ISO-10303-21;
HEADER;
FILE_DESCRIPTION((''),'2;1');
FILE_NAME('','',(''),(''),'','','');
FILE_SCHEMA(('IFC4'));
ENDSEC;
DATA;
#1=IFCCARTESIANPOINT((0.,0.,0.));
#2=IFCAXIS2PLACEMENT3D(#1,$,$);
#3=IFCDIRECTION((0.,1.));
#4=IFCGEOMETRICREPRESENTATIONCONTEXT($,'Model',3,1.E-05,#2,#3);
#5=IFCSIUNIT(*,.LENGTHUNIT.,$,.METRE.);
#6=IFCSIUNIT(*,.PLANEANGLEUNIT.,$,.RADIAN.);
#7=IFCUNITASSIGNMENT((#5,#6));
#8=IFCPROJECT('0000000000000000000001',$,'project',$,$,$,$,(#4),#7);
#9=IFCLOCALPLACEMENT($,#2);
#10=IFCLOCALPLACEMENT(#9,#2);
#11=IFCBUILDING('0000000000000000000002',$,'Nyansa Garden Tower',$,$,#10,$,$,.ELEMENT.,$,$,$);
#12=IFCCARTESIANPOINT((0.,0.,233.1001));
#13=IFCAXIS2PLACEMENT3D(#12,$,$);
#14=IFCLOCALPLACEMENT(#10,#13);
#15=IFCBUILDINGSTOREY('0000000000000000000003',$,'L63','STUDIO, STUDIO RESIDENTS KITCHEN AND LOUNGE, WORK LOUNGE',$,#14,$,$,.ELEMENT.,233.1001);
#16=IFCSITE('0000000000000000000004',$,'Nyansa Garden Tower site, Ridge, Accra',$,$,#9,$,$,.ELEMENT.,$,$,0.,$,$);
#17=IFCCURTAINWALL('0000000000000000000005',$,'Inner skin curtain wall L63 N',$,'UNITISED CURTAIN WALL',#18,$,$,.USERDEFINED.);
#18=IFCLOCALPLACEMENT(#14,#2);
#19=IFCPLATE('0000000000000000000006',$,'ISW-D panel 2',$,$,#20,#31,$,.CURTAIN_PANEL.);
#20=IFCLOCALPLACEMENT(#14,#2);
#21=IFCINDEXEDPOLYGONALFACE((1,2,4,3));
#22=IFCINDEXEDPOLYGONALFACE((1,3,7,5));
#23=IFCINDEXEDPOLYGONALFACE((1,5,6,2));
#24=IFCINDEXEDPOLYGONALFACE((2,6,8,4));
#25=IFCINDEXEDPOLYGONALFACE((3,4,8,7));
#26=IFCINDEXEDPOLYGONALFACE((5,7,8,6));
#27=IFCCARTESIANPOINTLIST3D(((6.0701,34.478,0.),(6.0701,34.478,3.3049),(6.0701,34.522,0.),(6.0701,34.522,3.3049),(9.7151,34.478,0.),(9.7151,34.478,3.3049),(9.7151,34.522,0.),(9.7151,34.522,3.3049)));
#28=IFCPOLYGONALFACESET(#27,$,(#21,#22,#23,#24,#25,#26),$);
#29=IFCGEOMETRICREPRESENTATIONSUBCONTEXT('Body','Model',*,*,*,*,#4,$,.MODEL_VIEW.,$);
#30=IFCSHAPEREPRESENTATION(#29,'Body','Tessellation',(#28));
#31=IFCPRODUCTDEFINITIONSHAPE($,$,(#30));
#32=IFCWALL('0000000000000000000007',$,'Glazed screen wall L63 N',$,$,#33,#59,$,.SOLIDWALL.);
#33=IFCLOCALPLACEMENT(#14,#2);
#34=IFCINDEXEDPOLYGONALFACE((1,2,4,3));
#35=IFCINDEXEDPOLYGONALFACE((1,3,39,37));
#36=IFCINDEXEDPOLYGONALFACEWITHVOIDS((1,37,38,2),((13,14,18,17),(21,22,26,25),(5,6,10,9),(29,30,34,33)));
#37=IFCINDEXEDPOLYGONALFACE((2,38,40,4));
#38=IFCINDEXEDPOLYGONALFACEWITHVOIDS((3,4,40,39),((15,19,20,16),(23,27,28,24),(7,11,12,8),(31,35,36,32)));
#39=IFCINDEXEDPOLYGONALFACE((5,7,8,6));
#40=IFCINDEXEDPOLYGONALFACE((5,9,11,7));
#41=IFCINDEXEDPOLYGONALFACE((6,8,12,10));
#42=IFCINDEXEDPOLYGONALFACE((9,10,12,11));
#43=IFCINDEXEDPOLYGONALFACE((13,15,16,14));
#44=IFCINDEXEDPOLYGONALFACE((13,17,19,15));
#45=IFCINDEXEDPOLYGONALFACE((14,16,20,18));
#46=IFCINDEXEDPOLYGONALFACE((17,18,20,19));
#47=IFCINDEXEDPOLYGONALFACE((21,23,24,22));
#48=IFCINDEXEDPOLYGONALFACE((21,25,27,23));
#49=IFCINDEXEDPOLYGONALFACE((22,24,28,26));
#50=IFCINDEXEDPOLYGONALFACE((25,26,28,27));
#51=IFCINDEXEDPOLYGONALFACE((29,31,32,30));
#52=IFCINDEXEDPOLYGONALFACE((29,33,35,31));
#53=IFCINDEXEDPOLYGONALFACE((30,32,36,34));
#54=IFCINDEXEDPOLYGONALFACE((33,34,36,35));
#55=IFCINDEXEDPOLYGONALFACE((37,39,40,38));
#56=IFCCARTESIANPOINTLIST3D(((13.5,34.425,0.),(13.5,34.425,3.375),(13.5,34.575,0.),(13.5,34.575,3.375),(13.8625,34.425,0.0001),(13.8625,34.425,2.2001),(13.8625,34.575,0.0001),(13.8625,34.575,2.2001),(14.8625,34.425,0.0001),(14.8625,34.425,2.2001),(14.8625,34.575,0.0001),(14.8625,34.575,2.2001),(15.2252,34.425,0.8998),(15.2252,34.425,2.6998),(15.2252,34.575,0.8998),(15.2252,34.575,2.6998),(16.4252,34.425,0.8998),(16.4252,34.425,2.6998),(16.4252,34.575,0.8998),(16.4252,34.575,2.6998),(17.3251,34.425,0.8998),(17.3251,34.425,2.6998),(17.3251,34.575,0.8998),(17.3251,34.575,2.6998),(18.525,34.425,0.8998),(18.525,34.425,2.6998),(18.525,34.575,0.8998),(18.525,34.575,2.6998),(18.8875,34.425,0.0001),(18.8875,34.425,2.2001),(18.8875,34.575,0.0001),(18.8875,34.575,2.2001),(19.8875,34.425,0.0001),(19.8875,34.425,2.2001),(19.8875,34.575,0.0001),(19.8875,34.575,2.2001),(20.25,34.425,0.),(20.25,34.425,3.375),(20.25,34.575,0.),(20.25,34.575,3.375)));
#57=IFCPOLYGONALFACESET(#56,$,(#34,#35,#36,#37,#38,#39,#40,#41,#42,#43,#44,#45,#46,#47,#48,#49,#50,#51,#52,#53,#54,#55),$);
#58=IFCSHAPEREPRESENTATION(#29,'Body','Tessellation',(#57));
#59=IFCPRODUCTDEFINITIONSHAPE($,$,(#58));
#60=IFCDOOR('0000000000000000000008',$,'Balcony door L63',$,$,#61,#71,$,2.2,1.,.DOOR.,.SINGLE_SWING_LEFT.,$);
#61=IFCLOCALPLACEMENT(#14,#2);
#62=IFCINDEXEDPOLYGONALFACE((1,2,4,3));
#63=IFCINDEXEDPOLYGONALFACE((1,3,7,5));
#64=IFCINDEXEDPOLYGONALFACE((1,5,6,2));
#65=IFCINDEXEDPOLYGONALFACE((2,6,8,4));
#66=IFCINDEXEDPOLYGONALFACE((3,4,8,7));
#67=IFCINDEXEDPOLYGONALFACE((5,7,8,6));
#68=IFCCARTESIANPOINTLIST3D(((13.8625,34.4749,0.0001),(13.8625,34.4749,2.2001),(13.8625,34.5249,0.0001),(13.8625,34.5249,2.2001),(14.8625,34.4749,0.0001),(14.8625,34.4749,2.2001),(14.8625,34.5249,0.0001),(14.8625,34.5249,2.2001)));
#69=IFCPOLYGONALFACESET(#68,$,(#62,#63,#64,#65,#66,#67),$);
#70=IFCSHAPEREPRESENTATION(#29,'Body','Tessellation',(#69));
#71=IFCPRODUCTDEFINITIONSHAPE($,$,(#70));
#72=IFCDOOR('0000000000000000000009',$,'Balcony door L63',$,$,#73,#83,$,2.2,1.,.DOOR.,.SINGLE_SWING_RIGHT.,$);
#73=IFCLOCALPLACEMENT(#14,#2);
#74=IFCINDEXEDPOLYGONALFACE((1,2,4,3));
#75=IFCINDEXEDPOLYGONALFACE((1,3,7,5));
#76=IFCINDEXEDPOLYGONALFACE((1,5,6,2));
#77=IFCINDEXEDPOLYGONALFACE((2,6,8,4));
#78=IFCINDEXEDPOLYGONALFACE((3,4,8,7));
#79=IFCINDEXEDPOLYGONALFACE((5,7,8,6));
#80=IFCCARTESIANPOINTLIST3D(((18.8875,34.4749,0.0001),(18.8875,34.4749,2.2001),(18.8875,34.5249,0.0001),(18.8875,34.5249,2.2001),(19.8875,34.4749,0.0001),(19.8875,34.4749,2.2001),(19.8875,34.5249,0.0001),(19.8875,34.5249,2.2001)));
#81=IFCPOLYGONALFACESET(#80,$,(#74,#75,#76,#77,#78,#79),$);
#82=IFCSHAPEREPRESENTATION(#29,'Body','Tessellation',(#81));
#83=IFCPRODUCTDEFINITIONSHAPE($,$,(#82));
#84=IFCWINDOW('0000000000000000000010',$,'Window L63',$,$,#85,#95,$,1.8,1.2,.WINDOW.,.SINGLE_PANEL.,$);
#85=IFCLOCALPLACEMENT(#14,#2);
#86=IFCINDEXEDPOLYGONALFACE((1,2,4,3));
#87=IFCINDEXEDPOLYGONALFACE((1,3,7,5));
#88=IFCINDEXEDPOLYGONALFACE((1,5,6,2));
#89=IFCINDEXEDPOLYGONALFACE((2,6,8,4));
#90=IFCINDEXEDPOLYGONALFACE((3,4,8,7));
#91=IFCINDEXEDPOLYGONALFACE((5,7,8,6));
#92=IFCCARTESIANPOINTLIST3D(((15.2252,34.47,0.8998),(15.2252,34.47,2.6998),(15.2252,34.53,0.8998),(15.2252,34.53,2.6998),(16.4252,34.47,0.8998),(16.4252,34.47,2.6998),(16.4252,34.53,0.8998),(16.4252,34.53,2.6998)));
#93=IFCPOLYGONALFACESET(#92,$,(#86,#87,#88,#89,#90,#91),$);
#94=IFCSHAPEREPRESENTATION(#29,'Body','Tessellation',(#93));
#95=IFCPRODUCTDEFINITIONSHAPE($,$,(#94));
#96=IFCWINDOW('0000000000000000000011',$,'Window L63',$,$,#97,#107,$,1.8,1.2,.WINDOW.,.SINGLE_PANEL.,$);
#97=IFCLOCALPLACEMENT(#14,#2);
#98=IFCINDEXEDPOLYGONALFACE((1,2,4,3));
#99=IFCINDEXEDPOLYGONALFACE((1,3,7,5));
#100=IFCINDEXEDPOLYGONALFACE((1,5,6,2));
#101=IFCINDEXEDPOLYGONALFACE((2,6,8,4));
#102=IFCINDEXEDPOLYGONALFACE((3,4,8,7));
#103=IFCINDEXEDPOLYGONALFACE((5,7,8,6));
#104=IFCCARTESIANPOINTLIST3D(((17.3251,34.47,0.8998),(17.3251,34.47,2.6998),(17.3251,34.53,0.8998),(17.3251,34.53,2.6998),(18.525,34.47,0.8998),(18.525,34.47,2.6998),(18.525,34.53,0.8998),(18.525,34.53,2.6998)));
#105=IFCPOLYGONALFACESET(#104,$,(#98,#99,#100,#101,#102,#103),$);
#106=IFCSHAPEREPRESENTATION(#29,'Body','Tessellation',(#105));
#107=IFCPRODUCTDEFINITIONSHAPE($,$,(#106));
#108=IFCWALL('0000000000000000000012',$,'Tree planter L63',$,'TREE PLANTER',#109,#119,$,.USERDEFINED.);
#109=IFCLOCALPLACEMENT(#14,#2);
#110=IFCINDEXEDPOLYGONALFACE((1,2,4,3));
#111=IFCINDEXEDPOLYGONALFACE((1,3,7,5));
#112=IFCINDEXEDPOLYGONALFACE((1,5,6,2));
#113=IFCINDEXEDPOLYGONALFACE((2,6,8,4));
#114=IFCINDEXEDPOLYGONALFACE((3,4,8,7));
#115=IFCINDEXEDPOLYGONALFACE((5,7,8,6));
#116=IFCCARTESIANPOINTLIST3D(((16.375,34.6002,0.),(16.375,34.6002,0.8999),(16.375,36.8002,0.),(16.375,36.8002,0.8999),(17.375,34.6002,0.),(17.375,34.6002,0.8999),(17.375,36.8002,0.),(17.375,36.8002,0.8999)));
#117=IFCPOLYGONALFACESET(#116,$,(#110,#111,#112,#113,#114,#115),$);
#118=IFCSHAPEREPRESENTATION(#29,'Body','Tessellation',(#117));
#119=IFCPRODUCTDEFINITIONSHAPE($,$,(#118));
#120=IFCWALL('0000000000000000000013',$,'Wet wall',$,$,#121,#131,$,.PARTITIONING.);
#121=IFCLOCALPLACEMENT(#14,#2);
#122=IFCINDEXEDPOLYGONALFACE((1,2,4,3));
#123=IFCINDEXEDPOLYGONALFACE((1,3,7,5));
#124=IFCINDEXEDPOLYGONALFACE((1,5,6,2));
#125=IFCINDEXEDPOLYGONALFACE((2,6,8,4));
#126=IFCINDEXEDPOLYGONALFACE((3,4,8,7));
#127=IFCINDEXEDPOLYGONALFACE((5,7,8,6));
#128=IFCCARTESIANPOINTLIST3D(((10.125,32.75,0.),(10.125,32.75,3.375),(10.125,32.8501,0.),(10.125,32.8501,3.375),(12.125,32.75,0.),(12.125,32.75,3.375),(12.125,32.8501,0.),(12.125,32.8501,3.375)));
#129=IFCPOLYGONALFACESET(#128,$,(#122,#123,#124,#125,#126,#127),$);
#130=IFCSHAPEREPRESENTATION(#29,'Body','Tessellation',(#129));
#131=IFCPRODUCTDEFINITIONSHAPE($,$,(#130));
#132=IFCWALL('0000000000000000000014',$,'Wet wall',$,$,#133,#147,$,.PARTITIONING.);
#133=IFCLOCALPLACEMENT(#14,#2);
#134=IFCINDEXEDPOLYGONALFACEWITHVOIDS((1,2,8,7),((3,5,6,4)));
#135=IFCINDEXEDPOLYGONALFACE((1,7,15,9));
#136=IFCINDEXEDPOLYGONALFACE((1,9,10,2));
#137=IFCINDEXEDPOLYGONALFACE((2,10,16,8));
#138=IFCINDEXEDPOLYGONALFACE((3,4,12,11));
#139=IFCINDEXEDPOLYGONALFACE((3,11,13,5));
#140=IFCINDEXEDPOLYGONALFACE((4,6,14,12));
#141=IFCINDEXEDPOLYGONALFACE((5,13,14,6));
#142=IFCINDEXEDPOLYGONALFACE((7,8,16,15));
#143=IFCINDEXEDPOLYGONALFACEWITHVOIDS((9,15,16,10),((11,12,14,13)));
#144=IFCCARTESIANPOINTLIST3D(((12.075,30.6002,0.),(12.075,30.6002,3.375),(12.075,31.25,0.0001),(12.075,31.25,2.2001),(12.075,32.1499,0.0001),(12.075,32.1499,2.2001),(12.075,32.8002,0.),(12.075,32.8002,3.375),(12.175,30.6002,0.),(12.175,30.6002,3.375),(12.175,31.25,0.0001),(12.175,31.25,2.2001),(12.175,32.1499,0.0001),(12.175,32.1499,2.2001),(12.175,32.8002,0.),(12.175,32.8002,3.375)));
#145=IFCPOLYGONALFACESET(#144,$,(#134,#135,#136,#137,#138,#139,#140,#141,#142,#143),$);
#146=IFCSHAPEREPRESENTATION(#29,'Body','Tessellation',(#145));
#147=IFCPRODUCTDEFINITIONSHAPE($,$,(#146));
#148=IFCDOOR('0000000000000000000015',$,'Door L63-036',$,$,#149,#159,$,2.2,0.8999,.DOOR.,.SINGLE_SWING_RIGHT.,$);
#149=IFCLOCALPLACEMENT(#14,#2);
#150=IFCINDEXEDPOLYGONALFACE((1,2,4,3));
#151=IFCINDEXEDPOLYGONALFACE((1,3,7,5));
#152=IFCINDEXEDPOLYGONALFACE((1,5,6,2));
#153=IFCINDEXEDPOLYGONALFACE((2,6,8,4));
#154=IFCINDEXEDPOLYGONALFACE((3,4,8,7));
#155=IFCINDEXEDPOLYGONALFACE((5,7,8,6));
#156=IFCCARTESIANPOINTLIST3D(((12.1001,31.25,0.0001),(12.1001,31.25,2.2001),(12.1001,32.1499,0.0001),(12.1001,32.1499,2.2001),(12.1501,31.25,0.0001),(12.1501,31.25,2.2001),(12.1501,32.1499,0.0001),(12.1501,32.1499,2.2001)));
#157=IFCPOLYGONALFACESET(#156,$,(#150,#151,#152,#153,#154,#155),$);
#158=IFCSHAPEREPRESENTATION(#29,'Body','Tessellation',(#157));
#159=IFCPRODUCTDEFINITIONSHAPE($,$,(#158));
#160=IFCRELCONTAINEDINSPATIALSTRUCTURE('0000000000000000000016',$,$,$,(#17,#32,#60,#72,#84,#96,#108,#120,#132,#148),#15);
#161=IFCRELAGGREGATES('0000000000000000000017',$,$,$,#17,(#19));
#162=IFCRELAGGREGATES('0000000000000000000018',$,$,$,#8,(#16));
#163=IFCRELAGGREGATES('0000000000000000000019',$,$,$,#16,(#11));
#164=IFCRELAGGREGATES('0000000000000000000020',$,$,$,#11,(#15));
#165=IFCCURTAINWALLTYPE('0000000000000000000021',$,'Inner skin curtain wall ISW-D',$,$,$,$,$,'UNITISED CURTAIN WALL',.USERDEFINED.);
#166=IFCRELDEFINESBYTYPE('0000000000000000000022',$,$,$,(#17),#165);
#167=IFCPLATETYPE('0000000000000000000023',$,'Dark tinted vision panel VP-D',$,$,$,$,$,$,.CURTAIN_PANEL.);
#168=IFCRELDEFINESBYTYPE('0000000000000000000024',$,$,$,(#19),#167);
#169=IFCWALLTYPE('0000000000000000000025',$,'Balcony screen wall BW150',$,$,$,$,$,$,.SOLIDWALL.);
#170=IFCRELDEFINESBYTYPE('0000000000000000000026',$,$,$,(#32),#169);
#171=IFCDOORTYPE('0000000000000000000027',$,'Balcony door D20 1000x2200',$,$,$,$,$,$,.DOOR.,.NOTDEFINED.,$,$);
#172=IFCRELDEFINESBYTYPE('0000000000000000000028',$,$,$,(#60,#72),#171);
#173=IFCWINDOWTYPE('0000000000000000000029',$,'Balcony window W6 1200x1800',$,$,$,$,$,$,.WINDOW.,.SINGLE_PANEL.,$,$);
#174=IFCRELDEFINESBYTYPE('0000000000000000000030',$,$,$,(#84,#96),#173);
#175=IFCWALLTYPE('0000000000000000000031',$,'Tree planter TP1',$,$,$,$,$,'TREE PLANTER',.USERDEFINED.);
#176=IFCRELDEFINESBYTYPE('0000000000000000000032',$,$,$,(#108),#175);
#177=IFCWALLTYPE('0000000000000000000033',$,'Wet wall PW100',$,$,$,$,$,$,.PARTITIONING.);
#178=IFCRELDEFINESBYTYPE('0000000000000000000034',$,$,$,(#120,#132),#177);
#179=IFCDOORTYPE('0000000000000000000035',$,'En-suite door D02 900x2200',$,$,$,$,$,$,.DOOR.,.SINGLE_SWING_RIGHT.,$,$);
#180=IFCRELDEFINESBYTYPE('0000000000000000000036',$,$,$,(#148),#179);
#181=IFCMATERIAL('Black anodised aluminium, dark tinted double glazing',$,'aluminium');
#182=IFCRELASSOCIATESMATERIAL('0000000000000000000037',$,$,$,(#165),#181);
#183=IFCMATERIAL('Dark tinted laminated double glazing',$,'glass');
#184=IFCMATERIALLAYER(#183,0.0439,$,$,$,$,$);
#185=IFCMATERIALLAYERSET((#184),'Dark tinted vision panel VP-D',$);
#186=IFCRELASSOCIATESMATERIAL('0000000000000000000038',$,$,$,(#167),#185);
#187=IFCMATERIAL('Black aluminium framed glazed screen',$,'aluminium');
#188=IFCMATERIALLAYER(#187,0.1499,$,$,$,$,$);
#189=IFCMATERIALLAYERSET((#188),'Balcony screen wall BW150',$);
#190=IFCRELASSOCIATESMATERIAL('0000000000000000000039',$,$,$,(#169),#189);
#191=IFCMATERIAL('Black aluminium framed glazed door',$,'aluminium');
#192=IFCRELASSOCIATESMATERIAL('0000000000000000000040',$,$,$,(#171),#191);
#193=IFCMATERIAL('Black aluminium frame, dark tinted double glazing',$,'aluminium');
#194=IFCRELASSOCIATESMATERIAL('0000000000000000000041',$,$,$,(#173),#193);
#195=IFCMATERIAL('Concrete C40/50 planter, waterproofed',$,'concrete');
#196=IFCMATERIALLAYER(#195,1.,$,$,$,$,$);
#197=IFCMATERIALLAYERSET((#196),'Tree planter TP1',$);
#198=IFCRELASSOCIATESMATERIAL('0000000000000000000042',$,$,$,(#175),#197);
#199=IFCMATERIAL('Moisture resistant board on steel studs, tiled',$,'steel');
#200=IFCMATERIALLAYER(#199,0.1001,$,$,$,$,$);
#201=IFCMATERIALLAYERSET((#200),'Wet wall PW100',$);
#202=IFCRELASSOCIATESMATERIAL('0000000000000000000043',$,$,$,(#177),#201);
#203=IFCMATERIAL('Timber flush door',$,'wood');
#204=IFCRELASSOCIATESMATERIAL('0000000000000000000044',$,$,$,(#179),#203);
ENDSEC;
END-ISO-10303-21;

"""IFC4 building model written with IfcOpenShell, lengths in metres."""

from ifc_helpers import new_model, si_unit, direction, frame, frame_2d, origin, origin_2d, place, context, subcontext, project, spatial, rectangle, extrude, material, layer, layer_set, type_object, element, fill, aggregate, save


model = new_model("IFC4")

# Units and contexts
model_context = context("Model", 3, precision=1e-05, world=origin(), true_north=direction((0.0, 1.0)))
body_context = subcontext(model_context, "Body", "Model", "MODEL_VIEW")
ifc_project = project(units=[si_unit("LENGTHUNIT", "METRE"), si_unit("PLANEANGLEUNIT", "RADIAN")], contexts=[model_context])

# Site, building, storey
site_placement = place(None, origin())
site = spatial("IfcSite", under=ifc_project, at=site_placement, Name="Nyansa Garden Tower site, Ridge, Accra", CompositionType="ELEMENT", RefElevation=0.0)
building_placement = place(site_placement, origin())
building = spatial("IfcBuilding", under=site, at=building_placement, Name="Nyansa Garden Tower", CompositionType="ELEMENT")
storey_placement = place(building_placement, frame((0.0, 0.0, 233.1001)))
storey = spatial("IfcBuildingStorey", under=building, at=storey_placement, Name="L63", Description="STUDIO, STUDIO RESIDENTS KITCHEN AND LOUNGE, WORK LOUNGE", CompositionType="ELEMENT", Elevation=233.1001)

# Curtain wall
ifc_material_1 = material(Name="Black anodised aluminium, dark tinted double glazing", Category="aluminium")
curtain_wall_type = type_object("IfcCurtainWallType", Name="Inner skin curtain wall ISW-D", ElementType="UNITISED CURTAIN WALL", PredefinedType="USERDEFINED", material=ifc_material_1)
curtain_wall_placement = place(storey_placement, origin())
curtain_wall = element("IfcCurtainWall", 1, at=curtain_wall_placement, inside=storey, type_object=curtain_wall_type, Name="Inner skin curtain wall L63 N", ObjectType="UNITISED CURTAIN WALL", PredefinedType="USERDEFINED")

# Plate
ifc_material_2 = material(Name="Dark tinted laminated double glazing", Category="glass")
ifc_layer_1 = layer(ifc_material_2, 0.0439)
ifc_layer_set_1 = layer_set([ifc_layer_1], Name="Dark tinted vision panel VP-D")
plate_type = type_object("IfcPlateType", Name="Dark tinted vision panel VP-D", PredefinedType="CURTAIN_PANEL", material=ifc_layer_set_1)
plate_1_placement = place(storey_placement, frame((7.8926, 34.5, 0.0), z_axis=(0.0, 0.0, 1.0), x_axis=(-1.0, 0.0, 0.0)))
plate_1 = element("IfcPlate", 2, at=plate_1_placement, type_object=plate_type, Name="ISW-D panel 2", PredefinedType="CURTAIN_PANEL", context=body_context, shape_type="SweptSolid", body=[
    extrude(rectangle(XDim=3.645, YDim=0.0439, at=origin_2d()), origin(), (0.0, 0.0, 1.0), 3.3049),
])
aggregate(curtain_wall, [plate_1])

# Wall, openings, doors, windows
ifc_material_3 = material(Name="Black aluminium framed glazed screen", Category="aluminium")
ifc_layer_2 = layer(ifc_material_3, 0.1499)
ifc_layer_set_2 = layer_set([ifc_layer_2], Name="Balcony screen wall BW150")
wall_type_1 = type_object("IfcWallType", Name="Balcony screen wall BW150", PredefinedType="SOLIDWALL", material=ifc_layer_set_2)
wall_1_placement = place(storey_placement, frame((13.5, 34.5, 0.0), z_axis=(0.0, 0.0, 1.0), x_axis=(1.0, 0.0, 0.0)))
wall_1 = element("IfcWall", 3, at=wall_1_placement, inside=storey, type_object=wall_type_1, Name="Glazed screen wall L63 N", PredefinedType="SOLIDWALL", context=body_context, shape_type="SweptSolid", body=[
    extrude(rectangle(XDim=6.75, YDim=0.1499, at=frame_2d((3.375, 0.0))), origin(), (0.0, 0.0, 1.0), 3.375),
])
opening_1_placement = place(wall_1_placement, frame((0.3625, 0.0, 0.0)))
opening_1 = element("IfcOpeningElement", 4, at=opening_1_placement, cuts=wall_1, PredefinedType="OPENING", context=body_context, shape_type="SweptSolid", body=[
    extrude(rectangle(XDim=1.0, YDim=2.2, at=frame_2d((0.5, 1.1001))), frame((0.0, 0.085, 0.0), z_axis=(0.0, -1.0, 0.0), x_axis=(1.0, 0.0, 0.0)), (0.0, 0.0, 1.0), 0.1699),
])
opening_2_placement = place(wall_1_placement, frame((1.7251, 0.0, 0.8999)))
opening_2 = element("IfcOpeningElement", 5, at=opening_2_placement, cuts=wall_1, PredefinedType="OPENING", context=body_context, shape_type="SweptSolid", body=[
    extrude(rectangle(XDim=1.2, YDim=1.8, at=frame_2d((0.6001, 0.8999))), frame((0.0, 0.085, 0.0), z_axis=(0.0, -1.0, 0.0), x_axis=(1.0, 0.0, 0.0)), (0.0, 0.0, 1.0), 0.1699),
])
opening_3_placement = place(wall_1_placement, frame((5.3875, 0.0, 0.0)))
opening_3 = element("IfcOpeningElement", 6, at=opening_3_placement, cuts=wall_1, PredefinedType="OPENING", context=body_context, shape_type="SweptSolid", body=[
    extrude(rectangle(XDim=1.0, YDim=2.2, at=frame_2d((0.5, 1.1001))), frame((0.0, 0.085, 0.0), z_axis=(0.0, -1.0, 0.0), x_axis=(1.0, 0.0, 0.0)), (0.0, 0.0, 1.0), 0.1699),
])
opening_4_placement = place(wall_1_placement, frame((3.825, 0.0, 0.8999)))
opening_4 = element("IfcOpeningElement", 7, at=opening_4_placement, cuts=wall_1, PredefinedType="OPENING", context=body_context, shape_type="SweptSolid", body=[
    extrude(rectangle(XDim=1.2, YDim=1.8, at=frame_2d((0.6001, 0.8999))), frame((0.0, 0.085, 0.0), z_axis=(0.0, -1.0, 0.0), x_axis=(1.0, 0.0, 0.0)), (0.0, 0.0, 1.0), 0.1699),
])
ifc_material_4 = material(Name="Black aluminium framed glazed door", Category="aluminium")
door_type_1 = type_object("IfcDoorType", Name="Balcony door D20 1000x2200", OperationType="NOTDEFINED", PredefinedType="DOOR", material=ifc_material_4)
door_1_placement = place(opening_1_placement, origin())
door_1 = element("IfcDoor", 8, at=door_1_placement, inside=storey, type_object=door_type_1, Name="Balcony door L63", OperationType="SINGLE_SWING_LEFT", OverallHeight=2.2, OverallWidth=1.0, PredefinedType="DOOR", context=body_context, shape_type="SweptSolid", body=[
    extrude(rectangle(XDim=1.0, YDim=2.2, at=frame_2d((0.5, 1.1001))), frame((0.0, 0.0249, 0.0), z_axis=(0.0, -1.0, 0.0), x_axis=(1.0, 0.0, 0.0)), (0.0, 0.0, 1.0), 0.05),
])
fill(opening_1, door_1)
door_2_placement = place(opening_3_placement, origin())
door_2 = element("IfcDoor", 9, at=door_2_placement, inside=storey, type_object=door_type_1, Name="Balcony door L63", OperationType="SINGLE_SWING_RIGHT", OverallHeight=2.2, OverallWidth=1.0, PredefinedType="DOOR", context=body_context, shape_type="SweptSolid", body=[
    extrude(rectangle(XDim=1.0, YDim=2.2, at=frame_2d((0.5, 1.1001))), frame((0.0, 0.0249, 0.0), z_axis=(0.0, -1.0, 0.0), x_axis=(1.0, 0.0, 0.0)), (0.0, 0.0, 1.0), 0.05),
])
fill(opening_3, door_2)
ifc_material_5 = material(Name="Black aluminium frame, dark tinted double glazing", Category="aluminium")
window_type = type_object("IfcWindowType", Name="Balcony window W6 1200x1800", PartitioningType="SINGLE_PANEL", PredefinedType="WINDOW", material=ifc_material_5)
window_1_placement = place(opening_2_placement, origin())
window_1 = element("IfcWindow", 10, at=window_1_placement, inside=storey, type_object=window_type, Name="Window L63", OverallHeight=1.8, OverallWidth=1.2, PartitioningType="SINGLE_PANEL", PredefinedType="WINDOW", context=body_context, shape_type="SweptSolid", body=[
    extrude(rectangle(XDim=1.2, YDim=1.8, at=frame_2d((0.6001, 0.8999))), frame((0.0, 0.03, 0.0), z_axis=(0.0, -1.0, 0.0), x_axis=(1.0, 0.0, 0.0)), (0.0, 0.0, 1.0), 0.0601),
])
fill(opening_2, window_1)
window_2_placement = place(opening_4_placement, origin())
window_2 = element("IfcWindow", 11, at=window_2_placement, inside=storey, type_object=window_type, Name="Window L63", OverallHeight=1.8, OverallWidth=1.2, PartitioningType="SINGLE_PANEL", PredefinedType="WINDOW", context=body_context, shape_type="SweptSolid", body=[
    extrude(rectangle(XDim=1.2, YDim=1.8, at=frame_2d((0.6001, 0.8999))), frame((0.0, 0.03, 0.0), z_axis=(0.0, -1.0, 0.0), x_axis=(1.0, 0.0, 0.0)), (0.0, 0.0, 1.0), 0.0601),
])
fill(opening_4, window_2)

# Walls
ifc_material_6 = material(Name="Concrete C40/50 planter, waterproofed", Category="concrete")
ifc_layer_3 = layer(ifc_material_6, 1.0)
ifc_layer_set_3 = layer_set([ifc_layer_3], Name="Tree planter TP1")
wall_type_2 = type_object("IfcWallType", Name="Tree planter TP1", ElementType="TREE PLANTER", PredefinedType="USERDEFINED", material=ifc_layer_set_3)
wall_2_placement = place(storey_placement, frame((16.875, 34.6001, 0.0), z_axis=(0.0, 0.0, 1.0), x_axis=(0.0, 1.0, 0.0)))
element("IfcWall", 12, at=wall_2_placement, inside=storey, type_object=wall_type_2, Name="Tree planter L63", ObjectType="TREE PLANTER", PredefinedType="USERDEFINED", context=body_context, shape_type="SweptSolid", body=[
    extrude(rectangle(XDim=2.2, YDim=1.0, at=frame_2d((1.1001, 0.0))), origin(), (0.0, 0.0, 1.0), 0.8999),
])
ifc_material_7 = material(Name="Moisture resistant board on steel studs, tiled", Category="steel")
ifc_layer_4 = layer(ifc_material_7, 0.1001)
ifc_layer_set_4 = layer_set([ifc_layer_4], Name="Wet wall PW100")
wall_type_3 = type_object("IfcWallType", Name="Wet wall PW100", PredefinedType="PARTITIONING", material=ifc_layer_set_4)
wall_3_placement = place(storey_placement, frame((10.125, 32.8, 0.0), z_axis=(0.0, 0.0, 1.0), x_axis=(1.0, 0.0, 0.0)))
element("IfcWall", 13, at=wall_3_placement, inside=storey, type_object=wall_type_3, Name="Wet wall", PredefinedType="PARTITIONING", context=body_context, shape_type="SweptSolid", body=[
    extrude(rectangle(XDim=2.0, YDim=0.1001, at=frame_2d((1.0, 0.0))), origin(), (0.0, 0.0, 1.0), 3.375),
])

# Wall, opening, door
wall_4_placement = place(storey_placement, frame((12.125, 30.6001, 0.0), z_axis=(0.0, 0.0, 1.0), x_axis=(0.0, 1.0, 0.0)))
wall_4 = element("IfcWall", 14, at=wall_4_placement, inside=storey, type_object=wall_type_3, Name="Wet wall", PredefinedType="PARTITIONING", context=body_context, shape_type="SweptSolid", body=[
    extrude(rectangle(XDim=2.2, YDim=0.1001, at=frame_2d((1.1001, 0.0))), origin(), (0.0, 0.0, 1.0), 3.375),
])
opening_5_placement = place(wall_4_placement, frame((0.6499, 0.0, 0.0)))
opening_5 = element("IfcOpeningElement", 15, at=opening_5_placement, cuts=wall_4, PredefinedType="OPENING", context=body_context, shape_type="SweptSolid", body=[
    extrude(rectangle(XDim=0.8999, YDim=2.2, at=frame_2d((0.45, 1.1001))), frame((0.0, 0.0601, 0.0), z_axis=(0.0, -1.0, 0.0), x_axis=(1.0, 0.0, 0.0)), (0.0, 0.0, 1.0), 0.1201),
])
ifc_material_8 = material(Name="Timber flush door", Category="wood")
door_type_2 = type_object("IfcDoorType", Name="En-suite door D02 900x2200", OperationType="SINGLE_SWING_RIGHT", PredefinedType="DOOR", material=ifc_material_8)
door_3_placement = place(opening_5_placement, origin())
door_3 = element("IfcDoor", 16, at=door_3_placement, inside=storey, type_object=door_type_2, Name="Door L63-036", OperationType="SINGLE_SWING_RIGHT", OverallHeight=2.2, OverallWidth=0.8999, PredefinedType="DOOR", context=body_context, shape_type="SweptSolid", body=[
    extrude(rectangle(XDim=0.8999, YDim=2.2, at=frame_2d((0.45, 1.1001))), frame((0.0, 0.0249, 0.0), z_axis=(0.0, -1.0, 0.0), x_axis=(1.0, 0.0, 0.0)), (0.0, 0.0, 1.0), 0.05),
])
fill(opening_5, door_3)

save(model, "model.ifc")
